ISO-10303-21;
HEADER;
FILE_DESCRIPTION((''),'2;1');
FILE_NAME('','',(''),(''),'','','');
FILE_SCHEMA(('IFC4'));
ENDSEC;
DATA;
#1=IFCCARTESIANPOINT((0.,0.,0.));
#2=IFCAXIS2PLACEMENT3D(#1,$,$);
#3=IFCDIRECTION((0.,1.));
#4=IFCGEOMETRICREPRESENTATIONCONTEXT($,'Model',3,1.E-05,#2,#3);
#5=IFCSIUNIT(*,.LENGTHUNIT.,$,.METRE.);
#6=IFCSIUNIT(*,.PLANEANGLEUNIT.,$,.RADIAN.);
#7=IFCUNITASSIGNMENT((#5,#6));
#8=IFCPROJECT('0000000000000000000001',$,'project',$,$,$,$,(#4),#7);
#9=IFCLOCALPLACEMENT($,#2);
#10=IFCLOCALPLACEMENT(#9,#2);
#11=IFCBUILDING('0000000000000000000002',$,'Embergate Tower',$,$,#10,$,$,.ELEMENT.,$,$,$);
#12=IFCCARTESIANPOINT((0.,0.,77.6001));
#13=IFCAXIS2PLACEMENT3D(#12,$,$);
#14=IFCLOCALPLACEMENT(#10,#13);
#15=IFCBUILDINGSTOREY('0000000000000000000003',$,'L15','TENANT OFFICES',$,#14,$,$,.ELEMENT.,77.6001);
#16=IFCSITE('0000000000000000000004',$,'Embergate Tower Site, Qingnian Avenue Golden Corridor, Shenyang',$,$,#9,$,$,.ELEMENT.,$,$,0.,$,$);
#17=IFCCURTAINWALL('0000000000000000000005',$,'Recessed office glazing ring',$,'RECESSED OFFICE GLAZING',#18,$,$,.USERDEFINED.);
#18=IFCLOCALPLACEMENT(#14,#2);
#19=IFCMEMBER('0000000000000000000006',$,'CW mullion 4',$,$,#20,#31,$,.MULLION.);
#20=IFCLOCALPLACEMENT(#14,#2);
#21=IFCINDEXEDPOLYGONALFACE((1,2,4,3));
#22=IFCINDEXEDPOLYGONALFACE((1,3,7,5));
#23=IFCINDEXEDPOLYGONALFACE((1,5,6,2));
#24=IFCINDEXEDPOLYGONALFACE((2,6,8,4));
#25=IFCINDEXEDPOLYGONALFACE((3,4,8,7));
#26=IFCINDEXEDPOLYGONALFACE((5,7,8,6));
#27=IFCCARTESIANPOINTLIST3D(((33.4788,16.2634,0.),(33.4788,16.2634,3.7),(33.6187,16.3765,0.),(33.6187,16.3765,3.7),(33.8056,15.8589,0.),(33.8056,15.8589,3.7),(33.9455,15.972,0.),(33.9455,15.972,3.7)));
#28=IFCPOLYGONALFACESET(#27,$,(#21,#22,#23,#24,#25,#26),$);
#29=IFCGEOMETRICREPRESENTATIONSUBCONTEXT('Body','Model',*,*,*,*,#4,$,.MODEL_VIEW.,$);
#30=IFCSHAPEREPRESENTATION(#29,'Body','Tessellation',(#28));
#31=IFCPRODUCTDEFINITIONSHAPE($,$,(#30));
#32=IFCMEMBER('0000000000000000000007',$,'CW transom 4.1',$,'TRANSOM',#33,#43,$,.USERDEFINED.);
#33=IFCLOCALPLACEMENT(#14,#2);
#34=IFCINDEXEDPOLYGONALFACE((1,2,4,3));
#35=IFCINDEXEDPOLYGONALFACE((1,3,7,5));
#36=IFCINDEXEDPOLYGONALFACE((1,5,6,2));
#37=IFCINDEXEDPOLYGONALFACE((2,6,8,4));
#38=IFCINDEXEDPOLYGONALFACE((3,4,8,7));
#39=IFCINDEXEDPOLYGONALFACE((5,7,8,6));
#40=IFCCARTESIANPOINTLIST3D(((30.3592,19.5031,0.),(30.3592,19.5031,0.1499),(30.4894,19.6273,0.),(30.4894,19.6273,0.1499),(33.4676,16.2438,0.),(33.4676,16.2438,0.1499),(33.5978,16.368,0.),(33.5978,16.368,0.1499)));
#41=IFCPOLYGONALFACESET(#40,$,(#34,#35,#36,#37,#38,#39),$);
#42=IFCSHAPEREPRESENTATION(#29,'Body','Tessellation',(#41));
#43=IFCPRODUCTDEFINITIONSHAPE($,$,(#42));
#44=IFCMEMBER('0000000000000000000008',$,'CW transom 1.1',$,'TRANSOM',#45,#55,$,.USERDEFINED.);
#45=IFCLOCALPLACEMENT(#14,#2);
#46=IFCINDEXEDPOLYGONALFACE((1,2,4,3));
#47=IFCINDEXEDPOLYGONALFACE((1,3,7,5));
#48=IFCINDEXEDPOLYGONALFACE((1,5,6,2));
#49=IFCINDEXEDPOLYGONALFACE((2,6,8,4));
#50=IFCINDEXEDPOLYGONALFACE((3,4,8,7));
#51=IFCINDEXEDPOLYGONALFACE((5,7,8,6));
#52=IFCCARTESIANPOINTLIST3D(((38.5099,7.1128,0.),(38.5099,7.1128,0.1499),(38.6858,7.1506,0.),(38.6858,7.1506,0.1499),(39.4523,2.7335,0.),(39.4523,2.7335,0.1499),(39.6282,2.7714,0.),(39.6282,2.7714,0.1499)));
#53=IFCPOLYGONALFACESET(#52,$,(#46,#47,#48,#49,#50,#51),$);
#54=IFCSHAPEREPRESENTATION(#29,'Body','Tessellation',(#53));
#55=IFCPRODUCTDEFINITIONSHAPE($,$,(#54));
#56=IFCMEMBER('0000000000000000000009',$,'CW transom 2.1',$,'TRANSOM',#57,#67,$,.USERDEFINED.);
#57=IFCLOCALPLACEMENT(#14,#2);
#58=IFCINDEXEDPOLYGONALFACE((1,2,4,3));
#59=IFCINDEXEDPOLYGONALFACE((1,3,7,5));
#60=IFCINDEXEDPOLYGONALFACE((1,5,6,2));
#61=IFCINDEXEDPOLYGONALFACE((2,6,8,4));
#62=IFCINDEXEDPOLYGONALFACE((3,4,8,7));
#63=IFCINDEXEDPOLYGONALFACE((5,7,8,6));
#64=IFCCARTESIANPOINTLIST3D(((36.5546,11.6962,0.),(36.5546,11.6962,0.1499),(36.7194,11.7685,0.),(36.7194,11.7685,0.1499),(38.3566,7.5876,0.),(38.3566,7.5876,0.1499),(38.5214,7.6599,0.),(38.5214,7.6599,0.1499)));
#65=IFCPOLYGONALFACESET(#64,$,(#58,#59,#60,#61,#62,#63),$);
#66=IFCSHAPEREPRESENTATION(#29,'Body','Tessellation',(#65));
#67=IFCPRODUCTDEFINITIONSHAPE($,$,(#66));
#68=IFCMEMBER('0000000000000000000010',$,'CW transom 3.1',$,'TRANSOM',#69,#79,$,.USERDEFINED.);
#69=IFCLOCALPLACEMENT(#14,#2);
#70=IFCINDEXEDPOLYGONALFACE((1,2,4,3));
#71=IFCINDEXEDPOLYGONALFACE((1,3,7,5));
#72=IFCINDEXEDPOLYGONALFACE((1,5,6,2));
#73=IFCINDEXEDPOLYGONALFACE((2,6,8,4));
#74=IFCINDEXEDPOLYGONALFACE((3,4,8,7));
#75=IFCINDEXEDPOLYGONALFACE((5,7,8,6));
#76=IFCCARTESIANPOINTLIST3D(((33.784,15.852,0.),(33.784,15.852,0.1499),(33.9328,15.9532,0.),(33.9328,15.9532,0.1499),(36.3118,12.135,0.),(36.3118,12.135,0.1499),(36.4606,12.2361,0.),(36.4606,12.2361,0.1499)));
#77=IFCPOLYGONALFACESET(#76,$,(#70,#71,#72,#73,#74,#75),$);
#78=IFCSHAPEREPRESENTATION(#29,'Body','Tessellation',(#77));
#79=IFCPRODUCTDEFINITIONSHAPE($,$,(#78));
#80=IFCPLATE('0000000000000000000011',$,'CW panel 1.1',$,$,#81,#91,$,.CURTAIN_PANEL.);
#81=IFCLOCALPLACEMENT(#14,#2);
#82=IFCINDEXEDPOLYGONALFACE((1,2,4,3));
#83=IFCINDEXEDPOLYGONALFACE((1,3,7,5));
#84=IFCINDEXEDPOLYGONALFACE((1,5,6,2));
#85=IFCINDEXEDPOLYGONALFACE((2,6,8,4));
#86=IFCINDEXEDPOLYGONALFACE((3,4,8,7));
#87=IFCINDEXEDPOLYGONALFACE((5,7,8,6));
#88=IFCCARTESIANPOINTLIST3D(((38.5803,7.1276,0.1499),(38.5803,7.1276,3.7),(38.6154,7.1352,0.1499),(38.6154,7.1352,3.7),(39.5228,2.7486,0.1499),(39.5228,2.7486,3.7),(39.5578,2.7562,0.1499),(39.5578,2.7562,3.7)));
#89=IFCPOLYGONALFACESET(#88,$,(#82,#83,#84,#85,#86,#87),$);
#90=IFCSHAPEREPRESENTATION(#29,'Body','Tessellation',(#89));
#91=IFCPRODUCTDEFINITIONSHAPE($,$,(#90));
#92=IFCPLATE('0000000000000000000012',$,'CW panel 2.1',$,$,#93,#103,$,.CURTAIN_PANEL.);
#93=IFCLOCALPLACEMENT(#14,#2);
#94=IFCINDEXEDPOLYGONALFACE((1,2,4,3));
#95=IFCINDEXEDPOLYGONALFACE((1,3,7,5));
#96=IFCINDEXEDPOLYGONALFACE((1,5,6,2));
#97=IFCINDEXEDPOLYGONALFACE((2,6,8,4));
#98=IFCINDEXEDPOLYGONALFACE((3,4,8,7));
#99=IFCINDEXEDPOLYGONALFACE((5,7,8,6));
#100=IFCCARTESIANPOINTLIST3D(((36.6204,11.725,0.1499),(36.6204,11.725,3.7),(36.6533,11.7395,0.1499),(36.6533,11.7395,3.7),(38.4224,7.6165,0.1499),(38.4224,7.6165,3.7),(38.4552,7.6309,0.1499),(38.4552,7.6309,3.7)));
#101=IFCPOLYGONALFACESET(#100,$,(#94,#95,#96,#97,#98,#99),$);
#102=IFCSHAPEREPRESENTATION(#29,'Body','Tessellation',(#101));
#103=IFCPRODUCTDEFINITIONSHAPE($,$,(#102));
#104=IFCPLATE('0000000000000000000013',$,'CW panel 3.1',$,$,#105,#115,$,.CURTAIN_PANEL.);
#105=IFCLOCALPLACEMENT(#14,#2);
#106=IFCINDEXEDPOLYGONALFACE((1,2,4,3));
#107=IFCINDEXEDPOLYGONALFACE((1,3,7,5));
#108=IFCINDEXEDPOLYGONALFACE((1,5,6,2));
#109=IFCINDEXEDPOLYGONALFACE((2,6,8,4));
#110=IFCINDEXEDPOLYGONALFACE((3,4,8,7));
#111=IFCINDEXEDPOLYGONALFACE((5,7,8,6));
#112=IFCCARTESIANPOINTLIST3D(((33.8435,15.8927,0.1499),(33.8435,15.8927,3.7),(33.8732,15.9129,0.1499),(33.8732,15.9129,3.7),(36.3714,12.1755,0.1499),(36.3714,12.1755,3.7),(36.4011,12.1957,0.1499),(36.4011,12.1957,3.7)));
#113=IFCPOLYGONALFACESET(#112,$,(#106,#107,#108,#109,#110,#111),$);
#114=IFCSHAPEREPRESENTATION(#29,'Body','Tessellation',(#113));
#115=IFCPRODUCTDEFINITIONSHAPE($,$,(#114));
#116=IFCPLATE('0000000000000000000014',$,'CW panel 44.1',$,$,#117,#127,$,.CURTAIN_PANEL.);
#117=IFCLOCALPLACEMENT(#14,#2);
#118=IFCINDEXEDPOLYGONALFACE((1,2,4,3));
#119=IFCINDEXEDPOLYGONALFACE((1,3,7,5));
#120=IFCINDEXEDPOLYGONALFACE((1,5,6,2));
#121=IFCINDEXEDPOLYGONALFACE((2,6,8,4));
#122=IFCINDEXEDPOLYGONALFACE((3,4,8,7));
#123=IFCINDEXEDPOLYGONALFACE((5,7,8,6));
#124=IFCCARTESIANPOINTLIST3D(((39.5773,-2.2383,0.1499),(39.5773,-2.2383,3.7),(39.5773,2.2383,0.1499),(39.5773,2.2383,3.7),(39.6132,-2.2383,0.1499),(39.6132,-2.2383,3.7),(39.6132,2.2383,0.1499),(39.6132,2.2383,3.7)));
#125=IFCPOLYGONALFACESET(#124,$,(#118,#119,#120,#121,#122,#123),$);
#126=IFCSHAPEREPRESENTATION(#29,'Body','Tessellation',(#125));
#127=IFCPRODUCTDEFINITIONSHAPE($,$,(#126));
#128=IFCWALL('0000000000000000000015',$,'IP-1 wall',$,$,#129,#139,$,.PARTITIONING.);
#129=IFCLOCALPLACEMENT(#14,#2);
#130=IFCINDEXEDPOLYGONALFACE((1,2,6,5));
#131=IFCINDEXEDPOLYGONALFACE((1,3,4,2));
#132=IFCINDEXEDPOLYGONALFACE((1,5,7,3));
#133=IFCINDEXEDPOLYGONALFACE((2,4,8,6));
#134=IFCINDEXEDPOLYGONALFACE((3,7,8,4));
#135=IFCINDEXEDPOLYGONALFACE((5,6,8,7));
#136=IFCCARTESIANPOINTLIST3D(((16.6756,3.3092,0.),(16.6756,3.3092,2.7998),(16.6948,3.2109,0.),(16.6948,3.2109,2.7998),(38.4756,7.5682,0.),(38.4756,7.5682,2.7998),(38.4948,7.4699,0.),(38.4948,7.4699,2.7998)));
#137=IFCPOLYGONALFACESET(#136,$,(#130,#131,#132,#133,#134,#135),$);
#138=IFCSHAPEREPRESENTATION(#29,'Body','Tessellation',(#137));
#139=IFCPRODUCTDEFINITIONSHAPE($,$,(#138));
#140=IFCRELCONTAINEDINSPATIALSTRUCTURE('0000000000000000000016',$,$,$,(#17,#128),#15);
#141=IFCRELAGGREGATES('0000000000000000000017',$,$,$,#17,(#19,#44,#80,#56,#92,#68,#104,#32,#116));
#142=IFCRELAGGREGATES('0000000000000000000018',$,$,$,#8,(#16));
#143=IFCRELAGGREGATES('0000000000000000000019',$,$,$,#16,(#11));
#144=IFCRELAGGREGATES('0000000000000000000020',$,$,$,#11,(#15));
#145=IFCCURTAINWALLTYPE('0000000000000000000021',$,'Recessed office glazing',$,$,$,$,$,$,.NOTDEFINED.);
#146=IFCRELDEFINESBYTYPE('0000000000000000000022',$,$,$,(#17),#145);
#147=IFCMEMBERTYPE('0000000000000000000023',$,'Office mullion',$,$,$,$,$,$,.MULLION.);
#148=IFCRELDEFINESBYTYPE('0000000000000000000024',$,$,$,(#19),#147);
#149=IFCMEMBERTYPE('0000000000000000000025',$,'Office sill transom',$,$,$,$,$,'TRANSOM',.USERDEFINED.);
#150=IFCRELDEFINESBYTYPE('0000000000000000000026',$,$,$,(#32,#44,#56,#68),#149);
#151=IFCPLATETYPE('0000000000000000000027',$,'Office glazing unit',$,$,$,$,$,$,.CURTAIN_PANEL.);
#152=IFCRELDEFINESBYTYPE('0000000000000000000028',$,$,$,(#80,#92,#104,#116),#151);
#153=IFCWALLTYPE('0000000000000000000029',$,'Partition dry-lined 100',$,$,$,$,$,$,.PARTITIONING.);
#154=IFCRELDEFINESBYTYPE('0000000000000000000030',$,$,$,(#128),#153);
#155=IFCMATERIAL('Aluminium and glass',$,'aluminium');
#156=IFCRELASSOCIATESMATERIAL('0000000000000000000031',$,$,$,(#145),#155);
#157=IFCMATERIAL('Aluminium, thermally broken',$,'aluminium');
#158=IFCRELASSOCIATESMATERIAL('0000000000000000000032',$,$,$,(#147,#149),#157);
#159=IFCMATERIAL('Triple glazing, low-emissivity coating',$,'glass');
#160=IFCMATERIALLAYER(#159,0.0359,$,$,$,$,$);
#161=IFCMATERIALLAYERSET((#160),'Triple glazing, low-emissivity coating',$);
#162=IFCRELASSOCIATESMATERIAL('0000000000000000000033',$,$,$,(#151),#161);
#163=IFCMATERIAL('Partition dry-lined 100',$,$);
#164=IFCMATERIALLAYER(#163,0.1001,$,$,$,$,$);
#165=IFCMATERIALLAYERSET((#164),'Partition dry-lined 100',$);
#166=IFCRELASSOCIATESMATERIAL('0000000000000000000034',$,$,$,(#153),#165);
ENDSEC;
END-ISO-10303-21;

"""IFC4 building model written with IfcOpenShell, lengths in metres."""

from ifc_helpers import new_model, si_unit, direction, frame, frame_2d, origin, origin_2d, place, context, subcontext, project, spatial, rectangle, extrude, source, transform, mapped, material, layer, layer_set, material_profile, profile_set, type_object, element, aggregate, save


model = new_model("IFC4")

# Units and contexts
model_context = context("Model", 3, precision=1e-05, world=origin(), true_north=direction((0.0, 1.0)))
body_context = subcontext(model_context, "Body", "Model", "MODEL_VIEW")
ifc_project = project(units=[si_unit("LENGTHUNIT", "METRE"), si_unit("PLANEANGLEUNIT", "RADIAN")], contexts=[model_context])

# Site, building, storey
site_placement = place(None, origin())
site = spatial("IfcSite", under=ifc_project, at=site_placement, Name="Embergate Tower Site, Qingnian Avenue Golden Corridor, Shenyang", CompositionType="ELEMENT", RefElevation=0.0)
building_placement = place(site_placement, origin())
building = spatial("IfcBuilding", under=site, at=building_placement, Name="Embergate Tower", CompositionType="ELEMENT")
storey_placement = place(building_placement, frame((0.0, 0.0, 77.6001)))
storey = spatial("IfcBuildingStorey", under=building, at=storey_placement, Name="L15", Description="TENANT OFFICES", CompositionType="ELEMENT", Elevation=77.6001)

# Curtain wall, members, plates
ifc_material_1 = material(Name="Aluminium and glass", Category="aluminium")
curtain_wall_type = type_object("IfcCurtainWallType", Name="Recessed office glazing", PredefinedType="NOTDEFINED", material=ifc_material_1)
curtain_wall_placement = place(storey_placement, origin())
curtain_wall = element("IfcCurtainWall", 1, at=curtain_wall_placement, inside=storey, type_object=curtain_wall_type, Name="Recessed office glazing ring", ObjectType="RECESSED OFFICE GLAZING", PredefinedType="USERDEFINED")
ifc_material_2 = material(Name="Aluminium, thermally broken", Category="aluminium")
ifc_material_profile_1 = material_profile(ifc_material_2, rectangle(XDim=0.1799, YDim=0.52, at=origin_2d()), Name="AL 520x180")
ifc_profile_set_1 = profile_set([ifc_material_profile_1], Name="Aluminium, thermally broken")
member_type_1 = type_object("IfcMemberType", Name="Office mullion", PredefinedType="MULLION", material=ifc_profile_set_1)
shared_shape_1 = source(origin(), body_context, "Body", "SweptSolid", [
    extrude(rectangle(XDim=0.1799, YDim=0.52, at=origin_2d()), origin(), (0.0, 0.0, 1.0), 3.7),
])
member_1_placement = place(storey_placement, frame((33.7122, 16.1177, 0.0), z_axis=(0.0, 0.0, 1.0), x_axis=(-0.77788, -0.628413, 0.0)))
member_1 = element("IfcMember", 2, at=member_1_placement, type_object=member_type_1, Name="CW mullion 4", PredefinedType="MULLION", context=body_context, shape_type="MappedRepresentation", body=[
    mapped(shared_shape_1, transform((0.0, 0.0, 0.0))),
])
ifc_material_profile_2 = material_profile(ifc_material_2, rectangle(XDim=0.1799, YDim=0.1499, at=origin_2d()), Name="AL 150x180")
ifc_profile_set_2 = profile_set([ifc_material_profile_2], Name="Aluminium, thermally broken")
member_type_2 = type_object("IfcMemberType", Name="Office sill transom", ElementType="TRANSOM", PredefinedType="USERDEFINED", material=ifc_profile_set_2)
shared_shape_2 = source(origin(), body_context, "Body", "SweptSolid", [
    extrude(rectangle(XDim=0.1799, YDim=0.1499, at=origin_2d()), origin(), (0.0, 0.0, 1.0), 4.5039),
])
member_2_placement = place(storey_placement, frame((33.5327, 16.3059, 0.075), z_axis=(-0.690159, 0.723658, 0.0), x_axis=(-0.723658, -0.690159, 0.0)))
member_2 = element("IfcMember", 3, at=member_2_placement, type_object=member_type_2, Name="CW transom 4.1", ObjectType="TRANSOM", PredefinedType="USERDEFINED", context=body_context, shape_type="MappedRepresentation", body=[
    mapped(shared_shape_2, transform((0.0, 0.0, 0.0))),
])
shared_shape_3 = source(origin(), body_context, "Body", "SweptSolid", [
    extrude(rectangle(XDim=0.1799, YDim=0.1499, at=origin_2d()), origin(), (0.0, 0.0, 1.0), 4.4795),
])
member_3_placement = place(storey_placement, frame((39.5403, 2.7524, 0.075), z_axis=(-0.210381, 0.977619, 0.0), x_axis=(-0.977619, -0.210381, 0.0)))
member_3 = element("IfcMember", 4, at=member_3_placement, type_object=member_type_2, Name="CW transom 1.1", ObjectType="TRANSOM", PredefinedType="USERDEFINED", context=body_context, shape_type="MappedRepresentation", body=[
    mapped(shared_shape_3, transform((0.0, 0.0, 0.0))),
])
shared_shape_4 = source(origin(), body_context, "Body", "SweptSolid", [
    extrude(rectangle(XDim=0.1799, YDim=0.1499, at=origin_2d()), origin(), (0.0, 0.0, 1.0), 4.4863),
])
member_4_placement = place(storey_placement, frame((38.439, 7.6238, 0.075), z_axis=(-0.401655, 0.915791, 0.0), x_axis=(-0.915791, -0.401655, 0.0)))
member_4 = element("IfcMember", 5, at=member_4_placement, type_object=member_type_2, Name="CW transom 2.1", ObjectType="TRANSOM", PredefinedType="USERDEFINED", context=body_context, shape_type="MappedRepresentation", body=[
    mapped(shared_shape_4, transform((0.0, 0.0, 0.0))),
])
shared_shape_5 = source(origin(), body_context, "Body", "SweptSolid", [
    extrude(rectangle(XDim=0.1799, YDim=0.1499, at=origin_2d()), origin(), (0.0, 0.0, 1.0), 4.4951),
])
member_5_placement = place(storey_placement, frame((36.3862, 12.1855, 0.075), z_axis=(-0.562347, 0.826901, 0.0), x_axis=(-0.826901, -0.562347, 0.0)))
member_5 = element("IfcMember", 6, at=member_5_placement, type_object=member_type_2, Name="CW transom 3.1", ObjectType="TRANSOM", PredefinedType="USERDEFINED", context=body_context, shape_type="MappedRepresentation", body=[
    mapped(shared_shape_5, transform((0.0, 0.0, 0.0))),
])
ifc_material_3 = material(Name="Triple glazing, low-emissivity coating", Category="glass")
ifc_layer_1 = layer(ifc_material_3, 0.0359)
ifc_layer_set_1 = layer_set([ifc_layer_1], Name="Triple glazing, low-emissivity coating")
plate_type = type_object("IfcPlateType", Name="Office glazing unit", PredefinedType="CURTAIN_PANEL", material=ifc_layer_set_1)
shared_shape_6 = source(origin(), body_context, "Body", "SweptSolid", [
    extrude(rectangle(XDim=4.4792, YDim=0.0359, at=origin_2d()), origin(), (0.0, 0.0, 1.0), 3.55),
])
plate_1_placement = place(storey_placement, frame((39.0691, 4.9419, 0.1499), z_axis=(0.0, 0.0, 1.0), x_axis=(-0.210395, 0.977616, 0.0)))
plate_1 = element("IfcPlate", 7, at=plate_1_placement, type_object=plate_type, Name="CW panel 1.1", PredefinedType="CURTAIN_PANEL", context=body_context, shape_type="MappedRepresentation", body=[
    mapped(shared_shape_6, transform((0.0, 0.0, 0.0))),
])
shared_shape_7 = source(origin(), body_context, "Body", "SweptSolid", [
    extrude(rectangle(XDim=4.4863, YDim=0.0359, at=origin_2d()), origin(), (0.0, 0.0, 1.0), 3.55),
])
plate_2_placement = place(storey_placement, frame((37.5378, 9.678, 0.1499), z_axis=(0.0, 0.0, 1.0), x_axis=(-0.401647, 0.915794, 0.0)))
plate_2 = element("IfcPlate", 8, at=plate_2_placement, type_object=plate_type, Name="CW panel 2.1", PredefinedType="CURTAIN_PANEL", context=body_context, shape_type="MappedRepresentation", body=[
    mapped(shared_shape_7, transform((0.0, 0.0, 0.0))),
])
shared_shape_8 = source(origin(), body_context, "Body", "SweptSolid", [
    extrude(rectangle(XDim=4.4954, YDim=0.0359, at=origin_2d()), origin(), (0.0, 0.0, 1.0), 3.55),
])
plate_3_placement = place(storey_placement, frame((35.1223, 14.0442, 0.1499), z_axis=(0.0, 0.0, 1.0), x_axis=(-0.562337, 0.826908, 0.0)))
plate_3 = element("IfcPlate", 9, at=plate_3_placement, type_object=plate_type, Name="CW panel 3.1", PredefinedType="CURTAIN_PANEL", context=body_context, shape_type="MappedRepresentation", body=[
    mapped(shared_shape_8, transform((0.0, 0.0, 0.0))),
])
shared_shape_9 = source(origin(), body_context, "Body", "SweptSolid", [
    extrude(rectangle(XDim=4.4766, YDim=0.0359, at=origin_2d()), origin(), (0.0, 0.0, 1.0), 3.55),
])
plate_4_placement = place(storey_placement, frame((39.5952, 0.0, 0.1499), z_axis=(0.0, 0.0, 1.0), x_axis=(0.0, 1.0, 0.0)))
plate_4 = element("IfcPlate", 10, at=plate_4_placement, type_object=plate_type, Name="CW panel 44.1", PredefinedType="CURTAIN_PANEL", context=body_context, shape_type="MappedRepresentation", body=[
    mapped(shared_shape_9, transform((0.0, 0.0, 0.0))),
])
aggregate(curtain_wall, [member_1, member_3, plate_1, member_4, plate_2, member_5, plate_3, member_2, plate_4])

# Wall
ifc_material_4 = material(Name="Partition dry-lined 100")
ifc_layer_2 = layer(ifc_material_4, 0.1001)
ifc_layer_set_2 = layer_set([ifc_layer_2], Name="Partition dry-lined 100")
wall_type = type_object("IfcWallType", Name="Partition dry-lined 100", PredefinedType="PARTITIONING", material=ifc_layer_set_2)
shared_shape_10 = source(origin(), body_context, "Body", "SweptSolid", [
    extrude(rectangle(XDim=22.2122, YDim=0.1001, at=frame_2d((11.106, 0.0))), origin(), (0.0, 0.0, 1.0), 2.7998),
])
wall_placement = place(storey_placement, frame((38.4851, 7.519, 0.0), z_axis=(0.0, 0.0, 1.0), x_axis=(-0.981445, -0.191743, 0.0)))
element("IfcWall", 11, at=wall_placement, inside=storey, type_object=wall_type, Name="IP-1 wall", PredefinedType="PARTITIONING", context=body_context, shape_type="MappedRepresentation", body=[
    mapped(shared_shape_10, transform((0.0, 0.0, 0.0))),
])

save(model, "model.ifc")
